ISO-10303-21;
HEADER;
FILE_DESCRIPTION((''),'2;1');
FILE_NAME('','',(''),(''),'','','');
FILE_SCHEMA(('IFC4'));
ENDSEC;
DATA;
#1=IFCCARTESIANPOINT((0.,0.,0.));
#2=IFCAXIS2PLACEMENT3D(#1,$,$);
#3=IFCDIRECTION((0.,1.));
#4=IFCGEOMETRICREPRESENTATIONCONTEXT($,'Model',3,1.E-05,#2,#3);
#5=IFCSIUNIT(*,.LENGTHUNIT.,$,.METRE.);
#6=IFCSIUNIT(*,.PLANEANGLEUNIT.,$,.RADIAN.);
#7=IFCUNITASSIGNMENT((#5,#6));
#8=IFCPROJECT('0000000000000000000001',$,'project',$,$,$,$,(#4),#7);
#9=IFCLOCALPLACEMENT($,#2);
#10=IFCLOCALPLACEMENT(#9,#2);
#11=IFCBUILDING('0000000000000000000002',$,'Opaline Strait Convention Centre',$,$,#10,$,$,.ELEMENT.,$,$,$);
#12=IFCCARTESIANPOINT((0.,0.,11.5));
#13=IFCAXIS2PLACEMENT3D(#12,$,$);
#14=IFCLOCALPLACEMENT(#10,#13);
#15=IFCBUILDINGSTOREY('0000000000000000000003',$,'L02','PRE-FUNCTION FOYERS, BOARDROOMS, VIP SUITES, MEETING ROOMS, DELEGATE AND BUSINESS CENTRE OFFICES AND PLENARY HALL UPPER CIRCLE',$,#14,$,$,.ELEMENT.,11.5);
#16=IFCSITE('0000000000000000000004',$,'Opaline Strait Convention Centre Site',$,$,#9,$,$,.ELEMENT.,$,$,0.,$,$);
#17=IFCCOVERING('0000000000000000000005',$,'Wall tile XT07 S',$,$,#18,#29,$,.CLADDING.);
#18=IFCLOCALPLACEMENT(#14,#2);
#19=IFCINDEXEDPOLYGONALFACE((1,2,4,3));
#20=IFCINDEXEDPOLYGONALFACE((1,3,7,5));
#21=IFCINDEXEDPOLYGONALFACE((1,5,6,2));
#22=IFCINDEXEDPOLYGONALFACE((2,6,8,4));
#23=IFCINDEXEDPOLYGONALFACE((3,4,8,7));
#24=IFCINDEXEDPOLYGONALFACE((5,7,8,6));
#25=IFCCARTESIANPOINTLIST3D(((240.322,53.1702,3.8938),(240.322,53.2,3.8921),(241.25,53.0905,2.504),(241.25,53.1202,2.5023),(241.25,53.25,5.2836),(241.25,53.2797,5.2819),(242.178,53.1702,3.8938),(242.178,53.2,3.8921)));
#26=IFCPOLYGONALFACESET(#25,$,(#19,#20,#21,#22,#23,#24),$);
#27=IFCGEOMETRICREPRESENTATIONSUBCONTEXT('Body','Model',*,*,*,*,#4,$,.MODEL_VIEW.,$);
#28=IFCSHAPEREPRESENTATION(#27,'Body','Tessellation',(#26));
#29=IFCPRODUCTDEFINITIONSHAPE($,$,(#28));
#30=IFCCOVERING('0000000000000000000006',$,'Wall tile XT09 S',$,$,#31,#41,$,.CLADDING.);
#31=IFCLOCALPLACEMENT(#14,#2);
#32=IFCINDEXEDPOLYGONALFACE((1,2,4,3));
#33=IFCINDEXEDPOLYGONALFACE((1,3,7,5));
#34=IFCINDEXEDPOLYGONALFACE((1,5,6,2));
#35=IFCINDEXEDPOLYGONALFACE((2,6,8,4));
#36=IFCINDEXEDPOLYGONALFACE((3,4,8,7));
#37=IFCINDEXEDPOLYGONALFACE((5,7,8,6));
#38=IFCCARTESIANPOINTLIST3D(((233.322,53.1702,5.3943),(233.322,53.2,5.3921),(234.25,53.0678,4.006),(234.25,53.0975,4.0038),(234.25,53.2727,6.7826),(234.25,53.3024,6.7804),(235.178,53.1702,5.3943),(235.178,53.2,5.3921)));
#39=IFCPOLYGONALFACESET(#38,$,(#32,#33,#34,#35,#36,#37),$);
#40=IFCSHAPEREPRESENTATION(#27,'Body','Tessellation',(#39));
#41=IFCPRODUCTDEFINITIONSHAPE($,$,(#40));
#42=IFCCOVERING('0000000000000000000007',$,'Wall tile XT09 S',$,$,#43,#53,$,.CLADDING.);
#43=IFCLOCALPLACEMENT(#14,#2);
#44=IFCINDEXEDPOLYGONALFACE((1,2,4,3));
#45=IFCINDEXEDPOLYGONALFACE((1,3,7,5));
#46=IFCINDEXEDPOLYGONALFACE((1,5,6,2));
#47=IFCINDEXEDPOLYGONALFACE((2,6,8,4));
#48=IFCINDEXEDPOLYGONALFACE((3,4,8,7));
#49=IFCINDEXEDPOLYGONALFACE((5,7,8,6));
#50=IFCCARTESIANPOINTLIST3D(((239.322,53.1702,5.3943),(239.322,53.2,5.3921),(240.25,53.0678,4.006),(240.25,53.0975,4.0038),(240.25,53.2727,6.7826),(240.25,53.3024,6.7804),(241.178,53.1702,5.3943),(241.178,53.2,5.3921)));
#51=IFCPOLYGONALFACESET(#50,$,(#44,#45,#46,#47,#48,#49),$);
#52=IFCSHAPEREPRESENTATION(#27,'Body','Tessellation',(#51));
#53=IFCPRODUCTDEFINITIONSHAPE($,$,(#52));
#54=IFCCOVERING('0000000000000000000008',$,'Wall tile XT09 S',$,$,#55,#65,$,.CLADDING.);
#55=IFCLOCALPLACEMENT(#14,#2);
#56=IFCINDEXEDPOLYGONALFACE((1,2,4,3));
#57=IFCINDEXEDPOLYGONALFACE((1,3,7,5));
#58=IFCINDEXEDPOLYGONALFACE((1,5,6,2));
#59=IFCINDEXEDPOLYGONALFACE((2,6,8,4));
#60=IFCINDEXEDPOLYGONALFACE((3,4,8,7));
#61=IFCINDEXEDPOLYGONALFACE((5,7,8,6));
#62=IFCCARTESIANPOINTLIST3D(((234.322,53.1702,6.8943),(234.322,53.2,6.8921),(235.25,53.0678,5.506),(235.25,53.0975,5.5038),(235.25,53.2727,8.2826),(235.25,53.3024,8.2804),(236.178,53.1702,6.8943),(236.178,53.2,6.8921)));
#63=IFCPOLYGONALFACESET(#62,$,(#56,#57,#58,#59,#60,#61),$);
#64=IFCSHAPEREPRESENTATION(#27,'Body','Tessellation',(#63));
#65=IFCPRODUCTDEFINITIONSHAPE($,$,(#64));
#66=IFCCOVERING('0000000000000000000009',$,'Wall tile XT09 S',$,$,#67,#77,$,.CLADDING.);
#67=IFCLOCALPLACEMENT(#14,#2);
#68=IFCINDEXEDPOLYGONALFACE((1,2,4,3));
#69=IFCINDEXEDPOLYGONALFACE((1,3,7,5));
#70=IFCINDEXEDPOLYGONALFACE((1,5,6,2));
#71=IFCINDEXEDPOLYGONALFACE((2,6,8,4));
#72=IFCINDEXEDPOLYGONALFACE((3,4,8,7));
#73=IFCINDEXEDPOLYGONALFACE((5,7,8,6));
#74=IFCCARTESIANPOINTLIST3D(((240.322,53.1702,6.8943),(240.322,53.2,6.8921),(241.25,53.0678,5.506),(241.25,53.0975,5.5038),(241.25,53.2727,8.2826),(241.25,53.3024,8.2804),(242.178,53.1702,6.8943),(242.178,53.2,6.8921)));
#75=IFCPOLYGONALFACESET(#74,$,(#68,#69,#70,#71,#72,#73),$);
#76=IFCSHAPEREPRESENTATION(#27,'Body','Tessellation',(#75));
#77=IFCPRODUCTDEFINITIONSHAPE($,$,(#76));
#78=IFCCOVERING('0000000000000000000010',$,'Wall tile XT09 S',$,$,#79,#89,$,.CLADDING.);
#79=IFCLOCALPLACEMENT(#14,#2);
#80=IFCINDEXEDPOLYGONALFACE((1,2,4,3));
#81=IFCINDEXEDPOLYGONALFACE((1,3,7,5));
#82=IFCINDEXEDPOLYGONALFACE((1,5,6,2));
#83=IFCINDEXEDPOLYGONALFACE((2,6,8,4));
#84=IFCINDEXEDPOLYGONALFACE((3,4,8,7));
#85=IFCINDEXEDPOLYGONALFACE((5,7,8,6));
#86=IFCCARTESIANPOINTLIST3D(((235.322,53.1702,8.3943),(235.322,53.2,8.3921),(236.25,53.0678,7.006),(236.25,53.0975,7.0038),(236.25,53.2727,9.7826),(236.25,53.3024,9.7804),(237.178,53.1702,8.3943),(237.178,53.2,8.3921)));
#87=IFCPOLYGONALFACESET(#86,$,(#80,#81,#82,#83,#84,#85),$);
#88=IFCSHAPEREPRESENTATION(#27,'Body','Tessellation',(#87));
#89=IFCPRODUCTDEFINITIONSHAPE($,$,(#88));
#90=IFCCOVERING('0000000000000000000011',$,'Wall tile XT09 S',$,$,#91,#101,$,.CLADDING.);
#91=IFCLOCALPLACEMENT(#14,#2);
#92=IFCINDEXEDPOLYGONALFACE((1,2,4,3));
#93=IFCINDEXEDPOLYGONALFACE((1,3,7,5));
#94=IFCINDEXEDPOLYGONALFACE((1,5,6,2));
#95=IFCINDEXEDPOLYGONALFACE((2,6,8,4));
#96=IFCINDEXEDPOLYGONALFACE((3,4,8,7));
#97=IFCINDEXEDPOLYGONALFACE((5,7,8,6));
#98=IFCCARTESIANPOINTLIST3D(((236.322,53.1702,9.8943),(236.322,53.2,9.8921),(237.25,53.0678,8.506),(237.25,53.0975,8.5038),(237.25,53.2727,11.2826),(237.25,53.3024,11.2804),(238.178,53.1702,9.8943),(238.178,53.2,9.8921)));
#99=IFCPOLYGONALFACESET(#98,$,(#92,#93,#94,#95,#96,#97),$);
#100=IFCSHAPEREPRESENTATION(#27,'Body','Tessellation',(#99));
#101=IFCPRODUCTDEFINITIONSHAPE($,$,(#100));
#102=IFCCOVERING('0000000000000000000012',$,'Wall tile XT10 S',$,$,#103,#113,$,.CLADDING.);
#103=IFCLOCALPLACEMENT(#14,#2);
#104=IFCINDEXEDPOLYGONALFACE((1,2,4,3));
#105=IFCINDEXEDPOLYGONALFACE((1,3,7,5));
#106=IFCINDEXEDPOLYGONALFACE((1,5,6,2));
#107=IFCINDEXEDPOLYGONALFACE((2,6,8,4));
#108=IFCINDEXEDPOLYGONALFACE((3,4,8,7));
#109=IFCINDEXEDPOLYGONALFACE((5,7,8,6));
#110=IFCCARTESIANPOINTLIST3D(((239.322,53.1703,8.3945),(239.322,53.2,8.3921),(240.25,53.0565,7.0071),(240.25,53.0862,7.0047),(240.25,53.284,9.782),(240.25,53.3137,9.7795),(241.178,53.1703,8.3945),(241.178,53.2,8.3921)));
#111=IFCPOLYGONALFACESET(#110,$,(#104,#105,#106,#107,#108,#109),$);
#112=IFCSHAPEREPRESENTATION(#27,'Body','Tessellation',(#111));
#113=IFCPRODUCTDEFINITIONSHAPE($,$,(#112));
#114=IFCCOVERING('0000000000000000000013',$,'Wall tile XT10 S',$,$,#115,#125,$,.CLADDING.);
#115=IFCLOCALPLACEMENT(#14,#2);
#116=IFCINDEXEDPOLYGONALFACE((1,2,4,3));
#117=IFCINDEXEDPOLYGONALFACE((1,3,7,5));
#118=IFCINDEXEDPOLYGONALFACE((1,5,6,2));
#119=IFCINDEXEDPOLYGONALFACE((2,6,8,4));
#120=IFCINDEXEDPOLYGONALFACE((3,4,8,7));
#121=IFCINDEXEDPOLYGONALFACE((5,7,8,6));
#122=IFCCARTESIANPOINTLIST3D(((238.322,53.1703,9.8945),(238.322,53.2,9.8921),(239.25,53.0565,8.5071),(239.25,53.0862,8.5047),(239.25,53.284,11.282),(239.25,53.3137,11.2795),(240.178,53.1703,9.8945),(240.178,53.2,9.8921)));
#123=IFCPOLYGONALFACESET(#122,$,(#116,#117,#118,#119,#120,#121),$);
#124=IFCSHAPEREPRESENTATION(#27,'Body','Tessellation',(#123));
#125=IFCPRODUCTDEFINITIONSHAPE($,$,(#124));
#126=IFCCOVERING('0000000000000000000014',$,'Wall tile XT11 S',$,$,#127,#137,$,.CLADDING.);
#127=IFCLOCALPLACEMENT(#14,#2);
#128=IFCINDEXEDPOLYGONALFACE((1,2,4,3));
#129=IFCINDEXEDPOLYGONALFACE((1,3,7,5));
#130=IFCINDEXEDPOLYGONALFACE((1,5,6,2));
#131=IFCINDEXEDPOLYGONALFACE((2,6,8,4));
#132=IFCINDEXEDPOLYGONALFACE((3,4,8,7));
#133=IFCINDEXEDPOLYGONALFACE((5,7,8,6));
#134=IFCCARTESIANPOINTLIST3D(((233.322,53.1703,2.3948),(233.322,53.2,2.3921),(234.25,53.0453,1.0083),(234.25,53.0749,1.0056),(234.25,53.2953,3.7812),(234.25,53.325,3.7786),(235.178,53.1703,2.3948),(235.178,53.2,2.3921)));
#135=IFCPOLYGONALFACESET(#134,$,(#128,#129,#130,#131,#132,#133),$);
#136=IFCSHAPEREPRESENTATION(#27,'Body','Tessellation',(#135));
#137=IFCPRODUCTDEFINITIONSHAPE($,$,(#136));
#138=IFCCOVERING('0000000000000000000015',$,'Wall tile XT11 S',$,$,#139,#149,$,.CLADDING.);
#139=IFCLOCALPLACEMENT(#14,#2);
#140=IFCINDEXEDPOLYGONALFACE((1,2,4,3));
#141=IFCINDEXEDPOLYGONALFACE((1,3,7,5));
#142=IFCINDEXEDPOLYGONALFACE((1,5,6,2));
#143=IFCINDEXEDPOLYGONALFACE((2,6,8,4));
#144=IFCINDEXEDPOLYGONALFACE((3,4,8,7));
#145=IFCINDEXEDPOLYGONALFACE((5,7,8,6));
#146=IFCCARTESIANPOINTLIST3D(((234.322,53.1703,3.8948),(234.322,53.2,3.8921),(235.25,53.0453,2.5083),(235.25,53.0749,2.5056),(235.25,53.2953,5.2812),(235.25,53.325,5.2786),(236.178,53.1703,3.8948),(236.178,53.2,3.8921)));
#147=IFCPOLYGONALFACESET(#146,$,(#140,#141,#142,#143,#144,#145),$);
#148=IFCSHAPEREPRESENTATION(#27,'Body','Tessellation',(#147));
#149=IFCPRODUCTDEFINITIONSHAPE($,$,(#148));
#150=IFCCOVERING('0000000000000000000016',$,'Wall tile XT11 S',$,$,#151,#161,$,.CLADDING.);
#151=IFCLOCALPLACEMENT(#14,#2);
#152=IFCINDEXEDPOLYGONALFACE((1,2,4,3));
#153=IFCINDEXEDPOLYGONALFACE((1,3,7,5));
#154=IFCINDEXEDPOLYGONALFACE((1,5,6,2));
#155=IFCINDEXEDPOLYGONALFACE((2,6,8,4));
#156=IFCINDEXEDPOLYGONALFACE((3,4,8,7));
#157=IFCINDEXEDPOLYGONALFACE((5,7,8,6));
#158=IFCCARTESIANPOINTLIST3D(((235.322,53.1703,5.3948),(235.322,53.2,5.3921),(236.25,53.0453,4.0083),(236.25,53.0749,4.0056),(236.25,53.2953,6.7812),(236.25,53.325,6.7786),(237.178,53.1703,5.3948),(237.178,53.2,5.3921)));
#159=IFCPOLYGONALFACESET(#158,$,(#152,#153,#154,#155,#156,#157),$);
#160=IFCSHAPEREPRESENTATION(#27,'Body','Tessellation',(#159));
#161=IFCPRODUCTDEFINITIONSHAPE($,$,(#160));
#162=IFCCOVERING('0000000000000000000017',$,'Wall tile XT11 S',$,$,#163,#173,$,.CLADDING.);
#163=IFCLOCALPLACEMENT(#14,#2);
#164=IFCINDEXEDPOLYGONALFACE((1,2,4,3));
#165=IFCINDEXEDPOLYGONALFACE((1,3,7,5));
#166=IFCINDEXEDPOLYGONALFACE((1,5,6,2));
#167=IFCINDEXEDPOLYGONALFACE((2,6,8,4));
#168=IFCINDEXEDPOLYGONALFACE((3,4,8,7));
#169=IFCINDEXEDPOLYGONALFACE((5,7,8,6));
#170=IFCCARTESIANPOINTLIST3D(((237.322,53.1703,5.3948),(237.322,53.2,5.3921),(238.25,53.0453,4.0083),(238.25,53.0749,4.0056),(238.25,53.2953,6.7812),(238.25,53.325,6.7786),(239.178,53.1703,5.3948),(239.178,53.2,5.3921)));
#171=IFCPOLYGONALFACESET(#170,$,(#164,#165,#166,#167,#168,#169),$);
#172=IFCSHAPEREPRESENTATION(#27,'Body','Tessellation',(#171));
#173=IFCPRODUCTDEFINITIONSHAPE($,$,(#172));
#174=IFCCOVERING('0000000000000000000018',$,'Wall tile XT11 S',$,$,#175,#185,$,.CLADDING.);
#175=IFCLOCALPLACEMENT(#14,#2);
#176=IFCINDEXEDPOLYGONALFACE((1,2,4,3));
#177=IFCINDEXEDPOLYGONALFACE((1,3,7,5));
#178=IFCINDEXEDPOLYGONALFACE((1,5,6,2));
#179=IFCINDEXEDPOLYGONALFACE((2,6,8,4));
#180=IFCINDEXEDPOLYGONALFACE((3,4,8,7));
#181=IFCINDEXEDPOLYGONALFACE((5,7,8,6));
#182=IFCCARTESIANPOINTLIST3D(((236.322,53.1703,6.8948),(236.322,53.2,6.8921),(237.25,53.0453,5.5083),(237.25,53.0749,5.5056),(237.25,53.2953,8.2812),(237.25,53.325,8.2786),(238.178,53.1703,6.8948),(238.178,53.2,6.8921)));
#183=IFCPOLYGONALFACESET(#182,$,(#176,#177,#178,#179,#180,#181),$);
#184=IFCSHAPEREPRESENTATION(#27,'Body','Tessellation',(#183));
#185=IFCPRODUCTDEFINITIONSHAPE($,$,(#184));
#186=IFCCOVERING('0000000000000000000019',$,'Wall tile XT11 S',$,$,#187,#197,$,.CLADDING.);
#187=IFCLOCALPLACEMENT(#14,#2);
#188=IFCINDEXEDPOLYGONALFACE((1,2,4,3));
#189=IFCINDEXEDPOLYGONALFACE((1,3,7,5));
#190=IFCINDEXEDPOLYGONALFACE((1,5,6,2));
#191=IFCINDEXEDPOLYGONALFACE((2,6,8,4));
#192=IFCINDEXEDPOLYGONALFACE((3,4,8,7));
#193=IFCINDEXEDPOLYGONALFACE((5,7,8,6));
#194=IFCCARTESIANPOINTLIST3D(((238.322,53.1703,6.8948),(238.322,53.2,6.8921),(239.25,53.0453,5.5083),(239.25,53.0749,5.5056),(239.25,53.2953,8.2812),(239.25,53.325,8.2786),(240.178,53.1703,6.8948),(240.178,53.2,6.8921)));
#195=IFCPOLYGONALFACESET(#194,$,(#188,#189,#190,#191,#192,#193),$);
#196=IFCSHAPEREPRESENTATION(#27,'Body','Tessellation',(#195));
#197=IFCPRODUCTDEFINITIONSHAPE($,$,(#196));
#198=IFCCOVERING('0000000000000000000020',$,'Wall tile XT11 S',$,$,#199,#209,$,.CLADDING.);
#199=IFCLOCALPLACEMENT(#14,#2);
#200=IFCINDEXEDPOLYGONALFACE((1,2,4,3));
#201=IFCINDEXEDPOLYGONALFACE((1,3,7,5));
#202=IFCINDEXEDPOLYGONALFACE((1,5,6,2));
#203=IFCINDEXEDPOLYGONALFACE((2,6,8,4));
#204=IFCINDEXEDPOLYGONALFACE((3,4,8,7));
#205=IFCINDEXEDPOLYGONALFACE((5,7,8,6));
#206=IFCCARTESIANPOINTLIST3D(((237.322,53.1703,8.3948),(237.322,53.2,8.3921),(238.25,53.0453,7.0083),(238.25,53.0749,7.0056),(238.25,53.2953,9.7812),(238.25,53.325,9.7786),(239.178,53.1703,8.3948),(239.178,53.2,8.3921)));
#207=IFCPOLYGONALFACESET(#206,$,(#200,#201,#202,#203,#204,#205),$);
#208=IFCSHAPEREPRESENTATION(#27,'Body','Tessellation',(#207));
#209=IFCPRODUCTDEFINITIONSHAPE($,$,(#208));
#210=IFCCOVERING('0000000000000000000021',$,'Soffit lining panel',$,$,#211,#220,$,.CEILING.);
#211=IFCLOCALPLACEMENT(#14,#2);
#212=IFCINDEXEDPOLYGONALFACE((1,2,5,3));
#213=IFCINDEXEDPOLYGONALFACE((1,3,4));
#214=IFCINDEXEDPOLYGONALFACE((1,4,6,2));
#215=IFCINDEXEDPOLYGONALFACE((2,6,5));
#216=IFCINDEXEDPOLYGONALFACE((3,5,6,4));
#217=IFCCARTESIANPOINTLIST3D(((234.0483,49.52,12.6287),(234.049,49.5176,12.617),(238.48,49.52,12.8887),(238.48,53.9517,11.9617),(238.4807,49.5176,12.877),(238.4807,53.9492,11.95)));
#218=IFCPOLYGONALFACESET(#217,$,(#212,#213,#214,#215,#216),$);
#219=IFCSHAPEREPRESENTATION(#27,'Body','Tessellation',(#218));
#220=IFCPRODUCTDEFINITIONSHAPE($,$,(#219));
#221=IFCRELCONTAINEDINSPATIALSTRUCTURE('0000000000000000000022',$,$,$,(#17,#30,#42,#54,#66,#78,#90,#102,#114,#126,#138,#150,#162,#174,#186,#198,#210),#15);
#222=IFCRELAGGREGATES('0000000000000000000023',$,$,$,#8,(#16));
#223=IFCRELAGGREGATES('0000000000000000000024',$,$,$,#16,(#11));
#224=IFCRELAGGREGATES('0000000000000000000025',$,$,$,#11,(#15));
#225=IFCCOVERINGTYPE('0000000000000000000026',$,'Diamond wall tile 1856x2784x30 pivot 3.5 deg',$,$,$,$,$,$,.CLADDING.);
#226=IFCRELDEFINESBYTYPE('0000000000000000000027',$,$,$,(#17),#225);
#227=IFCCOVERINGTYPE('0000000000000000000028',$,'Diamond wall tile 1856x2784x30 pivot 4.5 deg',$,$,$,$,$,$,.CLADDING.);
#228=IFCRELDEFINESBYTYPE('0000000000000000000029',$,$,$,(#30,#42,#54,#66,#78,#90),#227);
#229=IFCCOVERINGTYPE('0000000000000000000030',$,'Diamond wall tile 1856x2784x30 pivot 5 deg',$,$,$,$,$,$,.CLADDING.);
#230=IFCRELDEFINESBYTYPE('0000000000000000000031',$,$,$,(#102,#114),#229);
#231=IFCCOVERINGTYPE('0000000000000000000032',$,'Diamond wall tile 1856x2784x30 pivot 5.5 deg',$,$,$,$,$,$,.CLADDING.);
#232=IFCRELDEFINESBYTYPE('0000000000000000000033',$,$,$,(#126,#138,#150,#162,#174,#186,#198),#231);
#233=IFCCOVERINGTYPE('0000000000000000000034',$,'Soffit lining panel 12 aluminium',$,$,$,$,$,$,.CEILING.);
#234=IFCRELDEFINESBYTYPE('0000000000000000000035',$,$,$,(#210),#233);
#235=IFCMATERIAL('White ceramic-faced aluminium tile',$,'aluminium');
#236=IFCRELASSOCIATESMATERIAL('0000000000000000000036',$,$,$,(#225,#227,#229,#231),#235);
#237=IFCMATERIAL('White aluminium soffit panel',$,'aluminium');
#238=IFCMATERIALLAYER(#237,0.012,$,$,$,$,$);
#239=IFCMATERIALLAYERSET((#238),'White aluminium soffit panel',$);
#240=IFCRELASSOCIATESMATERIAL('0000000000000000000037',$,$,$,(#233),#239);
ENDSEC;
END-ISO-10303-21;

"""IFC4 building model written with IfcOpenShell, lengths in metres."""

from ifc_helpers import new_model, si_unit, direction, frame, origin, place, context, subcontext, project, spatial, polyline, outline, extrude, material, layer, layer_set, material_profile, profile_set, type_object, element, save


model = new_model("IFC4")

# Units and contexts
model_context = context("Model", 3, precision=1e-05, world=origin(), true_north=direction((0.0, 1.0)))
body_context = subcontext(model_context, "Body", "Model", "MODEL_VIEW")
ifc_project = project(units=[si_unit("LENGTHUNIT", "METRE"), si_unit("PLANEANGLEUNIT", "RADIAN")], contexts=[model_context])

# Site, building, storey
site_placement = place(None, origin())
site = spatial("IfcSite", under=ifc_project, at=site_placement, Name="Opaline Strait Convention Centre Site", CompositionType="ELEMENT", RefElevation=0.0)
building_placement = place(site_placement, origin())
building = spatial("IfcBuilding", under=site, at=building_placement, Name="Opaline Strait Convention Centre", CompositionType="ELEMENT")
storey_placement = place(building_placement, frame((0.0, 0.0, 11.5)))
storey = spatial("IfcBuildingStorey", under=building, at=storey_placement, Name="L02", Description="PRE-FUNCTION FOYERS, BOARDROOMS, VIP SUITES, MEETING ROOMS, DELEGATE AND BUSINESS CENTRE OFFICES AND PLENARY HALL UPPER CIRCLE", CompositionType="ELEMENT", Elevation=11.5)

# Coverings
ifc_material_1 = material(Name="White ceramic-faced aluminium tile", Category="aluminium")
ifc_material_profile_1 = material_profile(ifc_material_1, outline(polyline([(0.928, 0.0), (0.0, 1.3921), (-0.928, 0.0), (0.0, -1.3921), (0.928, 0.0)])), Name="Diamond tile 1856x2784")
ifc_profile_set_1 = profile_set([ifc_material_profile_1], Name="White ceramic-faced aluminium tile")
covering_type_1 = type_object("IfcCoveringType", Name="Diamond wall tile 1856x2784x30 pivot 3.5 deg", PredefinedType="CLADDING", material=ifc_profile_set_1)
covering_1_placement = place(storey_placement, frame((241.25, 53.2, 3.8921), z_axis=(0.0, -0.998358, 0.057283), x_axis=(1.0, 0.0, 0.0)))
element("IfcCovering", 1, at=covering_1_placement, inside=storey, type_object=covering_type_1, Name="Wall tile XT07 S", PredefinedType="CLADDING", context=body_context, shape_type="SweptSolid", body=[
    extrude(outline(polyline([(0.928, 0.0), (0.0, 1.3921), (-0.928, 0.0), (0.0, -1.3921), (0.928, 0.0)])), origin(), (0.0, 0.0, 1.0), 0.0298),
])
ifc_material_profile_2 = material_profile(ifc_material_1, outline(polyline([(0.928, 0.0), (0.0, 1.3921), (-0.928, 0.0), (0.0, -1.3921), (0.928, 0.0)])), Name="Diamond tile 1856x2784")
ifc_profile_set_2 = profile_set([ifc_material_profile_2], Name="White ceramic-faced aluminium tile")
covering_type_2 = type_object("IfcCoveringType", Name="Diamond wall tile 1856x2784x30 pivot 4.5 deg", PredefinedType="CLADDING", material=ifc_profile_set_2)
for number, where, z_axis, x_axis, name in (
    (2, (234.25, 53.2, 5.3921), (0.0, -0.99729, 0.073571), (1.0, 0.0, 0.0), "Wall tile XT09 S"),
    (3, (240.25, 53.2, 5.3921), (0.0, -0.99729, 0.073571), (1.0, 0.0, 0.0), "Wall tile XT09 S"),
    (4, (235.25, 53.2, 6.8921), (0.0, -0.99729, 0.073571), (1.0, 0.0, 0.0), "Wall tile XT09 S"),
    (5, (241.25, 53.2, 6.8921), (0.0, -0.99729, 0.073571), (1.0, 0.0, 0.0), "Wall tile XT09 S"),
    (6, (236.25, 53.2, 8.3921), (0.0, -0.99729, 0.073571), (1.0, 0.0, 0.0), "Wall tile XT09 S"),
    (7, (237.25, 53.2, 9.8921), (0.0, -0.99729, 0.073571), (1.0, 0.0, 0.0), "Wall tile XT09 S"),
):
    element("IfcCovering", number, at=place(storey_placement, frame(where, z_axis=z_axis, x_axis=x_axis)), inside=storey, type_object=covering_type_2, Name=name, PredefinedType="CLADDING", context=body_context, shape_type="SweptSolid", body=[
        extrude(outline(polyline([(0.928, 0.0), (0.0, 1.3921), (-0.928, 0.0), (0.0, -1.3921), (0.928, 0.0)])), origin(), (0.0, 0.0, 1.0), 0.0298),
    ])
ifc_material_profile_3 = material_profile(ifc_material_1, outline(polyline([(0.928, 0.0), (0.0, 1.3921), (-0.928, 0.0), (0.0, -1.3921), (0.928, 0.0)])), Name="Diamond tile 1856x2784")
ifc_profile_set_3 = profile_set([ifc_material_profile_3], Name="White ceramic-faced aluminium tile")
covering_type_3 = type_object("IfcCoveringType", Name="Diamond wall tile 1856x2784x30 pivot 5 deg", PredefinedType="CLADDING", material=ifc_profile_set_3)
for number, where, z_axis, x_axis, name in (
    (8, (240.25, 53.2, 8.3921), (0.0, -0.996658, 0.081693), (1.0, 0.0, 0.0), "Wall tile XT10 S"),
    (9, (239.25, 53.2, 9.8921), (0.0, -0.996658, 0.081693), (1.0, 0.0, 0.0), "Wall tile XT10 S"),
):
    element("IfcCovering", number, at=place(storey_placement, frame(where, z_axis=z_axis, x_axis=x_axis)), inside=storey, type_object=covering_type_3, Name=name, PredefinedType="CLADDING", context=body_context, shape_type="SweptSolid", body=[
        extrude(outline(polyline([(0.928, 0.0), (0.0, 1.3921), (-0.928, 0.0), (0.0, -1.3921), (0.928, 0.0)])), origin(), (0.0, 0.0, 1.0), 0.0298),
    ])
ifc_material_profile_4 = material_profile(ifc_material_1, outline(polyline([(0.928, 0.0), (0.0, 1.3921), (-0.928, 0.0), (0.0, -1.3921), (0.928, 0.0)])), Name="Diamond tile 1856x2784")
ifc_profile_set_4 = profile_set([ifc_material_profile_4], Name="White ceramic-faced aluminium tile")
covering_type_4 = type_object("IfcCoveringType", Name="Diamond wall tile 1856x2784x30 pivot 5.5 deg", PredefinedType="CLADDING", material=ifc_profile_set_4)
for number, where, z_axis, x_axis, name in (
    (10, (234.25, 53.2, 2.3921), (0.0, -0.99596, 0.0898), (1.0, 0.0, 0.0), "Wall tile XT11 S"),
    (11, (235.25, 53.2, 3.8921), (0.0, -0.99596, 0.0898), (1.0, 0.0, 0.0), "Wall tile XT11 S"),
    (12, (236.25, 53.2, 5.3921), (0.0, -0.99596, 0.0898), (1.0, 0.0, 0.0), "Wall tile XT11 S"),
    (13, (238.25, 53.2, 5.3921), (0.0, -0.99596, 0.0898), (1.0, 0.0, 0.0), "Wall tile XT11 S"),
    (14, (237.25, 53.2, 6.8921), (0.0, -0.99596, 0.0898), (1.0, 0.0, 0.0), "Wall tile XT11 S"),
    (15, (239.25, 53.2, 6.8921), (0.0, -0.99596, 0.0898), (1.0, 0.0, 0.0), "Wall tile XT11 S"),
    (16, (238.25, 53.2, 8.3921), (0.0, -0.99596, 0.0898), (1.0, 0.0, 0.0), "Wall tile XT11 S"),
):
    element("IfcCovering", number, at=place(storey_placement, frame(where, z_axis=z_axis, x_axis=x_axis)), inside=storey, type_object=covering_type_4, Name=name, PredefinedType="CLADDING", context=body_context, shape_type="SweptSolid", body=[
        extrude(outline(polyline([(0.928, 0.0), (0.0, 1.3921), (-0.928, 0.0), (0.0, -1.3921), (0.928, 0.0)])), origin(), (0.0, 0.0, 1.0), 0.0298),
    ])
ifc_material_2 = material(Name="White aluminium soffit panel", Category="aluminium")
ifc_layer = layer(ifc_material_2, 0.012)
ifc_layer_set = layer_set([ifc_layer], Name="White aluminium soffit panel")
covering_type_5 = type_object("IfcCoveringType", Name="Soffit lining panel 12 aluminium", PredefinedType="CEILING", material=ifc_layer_set)
covering_2_placement = place(storey_placement, frame((234.0483, 49.52, 12.6287), z_axis=(-0.057334, 0.20441, 0.977205), x_axis=(0.703136, 0.703136, -0.105827)))
element("IfcCovering", 17, at=covering_2_placement, inside=storey, type_object=covering_type_5, Name="Soffit lining panel", PredefinedType="CEILING", context=body_context, shape_type="SweptSolid", body=[
    extrude(outline(polyline([(0.0, 0.0), (6.3027, 0.0), (3.0885, -3.1887), (0.0, 0.0)])), origin(), (0.0, 0.0, -1.0), 0.012),
])

save(model, "model.ifc")
